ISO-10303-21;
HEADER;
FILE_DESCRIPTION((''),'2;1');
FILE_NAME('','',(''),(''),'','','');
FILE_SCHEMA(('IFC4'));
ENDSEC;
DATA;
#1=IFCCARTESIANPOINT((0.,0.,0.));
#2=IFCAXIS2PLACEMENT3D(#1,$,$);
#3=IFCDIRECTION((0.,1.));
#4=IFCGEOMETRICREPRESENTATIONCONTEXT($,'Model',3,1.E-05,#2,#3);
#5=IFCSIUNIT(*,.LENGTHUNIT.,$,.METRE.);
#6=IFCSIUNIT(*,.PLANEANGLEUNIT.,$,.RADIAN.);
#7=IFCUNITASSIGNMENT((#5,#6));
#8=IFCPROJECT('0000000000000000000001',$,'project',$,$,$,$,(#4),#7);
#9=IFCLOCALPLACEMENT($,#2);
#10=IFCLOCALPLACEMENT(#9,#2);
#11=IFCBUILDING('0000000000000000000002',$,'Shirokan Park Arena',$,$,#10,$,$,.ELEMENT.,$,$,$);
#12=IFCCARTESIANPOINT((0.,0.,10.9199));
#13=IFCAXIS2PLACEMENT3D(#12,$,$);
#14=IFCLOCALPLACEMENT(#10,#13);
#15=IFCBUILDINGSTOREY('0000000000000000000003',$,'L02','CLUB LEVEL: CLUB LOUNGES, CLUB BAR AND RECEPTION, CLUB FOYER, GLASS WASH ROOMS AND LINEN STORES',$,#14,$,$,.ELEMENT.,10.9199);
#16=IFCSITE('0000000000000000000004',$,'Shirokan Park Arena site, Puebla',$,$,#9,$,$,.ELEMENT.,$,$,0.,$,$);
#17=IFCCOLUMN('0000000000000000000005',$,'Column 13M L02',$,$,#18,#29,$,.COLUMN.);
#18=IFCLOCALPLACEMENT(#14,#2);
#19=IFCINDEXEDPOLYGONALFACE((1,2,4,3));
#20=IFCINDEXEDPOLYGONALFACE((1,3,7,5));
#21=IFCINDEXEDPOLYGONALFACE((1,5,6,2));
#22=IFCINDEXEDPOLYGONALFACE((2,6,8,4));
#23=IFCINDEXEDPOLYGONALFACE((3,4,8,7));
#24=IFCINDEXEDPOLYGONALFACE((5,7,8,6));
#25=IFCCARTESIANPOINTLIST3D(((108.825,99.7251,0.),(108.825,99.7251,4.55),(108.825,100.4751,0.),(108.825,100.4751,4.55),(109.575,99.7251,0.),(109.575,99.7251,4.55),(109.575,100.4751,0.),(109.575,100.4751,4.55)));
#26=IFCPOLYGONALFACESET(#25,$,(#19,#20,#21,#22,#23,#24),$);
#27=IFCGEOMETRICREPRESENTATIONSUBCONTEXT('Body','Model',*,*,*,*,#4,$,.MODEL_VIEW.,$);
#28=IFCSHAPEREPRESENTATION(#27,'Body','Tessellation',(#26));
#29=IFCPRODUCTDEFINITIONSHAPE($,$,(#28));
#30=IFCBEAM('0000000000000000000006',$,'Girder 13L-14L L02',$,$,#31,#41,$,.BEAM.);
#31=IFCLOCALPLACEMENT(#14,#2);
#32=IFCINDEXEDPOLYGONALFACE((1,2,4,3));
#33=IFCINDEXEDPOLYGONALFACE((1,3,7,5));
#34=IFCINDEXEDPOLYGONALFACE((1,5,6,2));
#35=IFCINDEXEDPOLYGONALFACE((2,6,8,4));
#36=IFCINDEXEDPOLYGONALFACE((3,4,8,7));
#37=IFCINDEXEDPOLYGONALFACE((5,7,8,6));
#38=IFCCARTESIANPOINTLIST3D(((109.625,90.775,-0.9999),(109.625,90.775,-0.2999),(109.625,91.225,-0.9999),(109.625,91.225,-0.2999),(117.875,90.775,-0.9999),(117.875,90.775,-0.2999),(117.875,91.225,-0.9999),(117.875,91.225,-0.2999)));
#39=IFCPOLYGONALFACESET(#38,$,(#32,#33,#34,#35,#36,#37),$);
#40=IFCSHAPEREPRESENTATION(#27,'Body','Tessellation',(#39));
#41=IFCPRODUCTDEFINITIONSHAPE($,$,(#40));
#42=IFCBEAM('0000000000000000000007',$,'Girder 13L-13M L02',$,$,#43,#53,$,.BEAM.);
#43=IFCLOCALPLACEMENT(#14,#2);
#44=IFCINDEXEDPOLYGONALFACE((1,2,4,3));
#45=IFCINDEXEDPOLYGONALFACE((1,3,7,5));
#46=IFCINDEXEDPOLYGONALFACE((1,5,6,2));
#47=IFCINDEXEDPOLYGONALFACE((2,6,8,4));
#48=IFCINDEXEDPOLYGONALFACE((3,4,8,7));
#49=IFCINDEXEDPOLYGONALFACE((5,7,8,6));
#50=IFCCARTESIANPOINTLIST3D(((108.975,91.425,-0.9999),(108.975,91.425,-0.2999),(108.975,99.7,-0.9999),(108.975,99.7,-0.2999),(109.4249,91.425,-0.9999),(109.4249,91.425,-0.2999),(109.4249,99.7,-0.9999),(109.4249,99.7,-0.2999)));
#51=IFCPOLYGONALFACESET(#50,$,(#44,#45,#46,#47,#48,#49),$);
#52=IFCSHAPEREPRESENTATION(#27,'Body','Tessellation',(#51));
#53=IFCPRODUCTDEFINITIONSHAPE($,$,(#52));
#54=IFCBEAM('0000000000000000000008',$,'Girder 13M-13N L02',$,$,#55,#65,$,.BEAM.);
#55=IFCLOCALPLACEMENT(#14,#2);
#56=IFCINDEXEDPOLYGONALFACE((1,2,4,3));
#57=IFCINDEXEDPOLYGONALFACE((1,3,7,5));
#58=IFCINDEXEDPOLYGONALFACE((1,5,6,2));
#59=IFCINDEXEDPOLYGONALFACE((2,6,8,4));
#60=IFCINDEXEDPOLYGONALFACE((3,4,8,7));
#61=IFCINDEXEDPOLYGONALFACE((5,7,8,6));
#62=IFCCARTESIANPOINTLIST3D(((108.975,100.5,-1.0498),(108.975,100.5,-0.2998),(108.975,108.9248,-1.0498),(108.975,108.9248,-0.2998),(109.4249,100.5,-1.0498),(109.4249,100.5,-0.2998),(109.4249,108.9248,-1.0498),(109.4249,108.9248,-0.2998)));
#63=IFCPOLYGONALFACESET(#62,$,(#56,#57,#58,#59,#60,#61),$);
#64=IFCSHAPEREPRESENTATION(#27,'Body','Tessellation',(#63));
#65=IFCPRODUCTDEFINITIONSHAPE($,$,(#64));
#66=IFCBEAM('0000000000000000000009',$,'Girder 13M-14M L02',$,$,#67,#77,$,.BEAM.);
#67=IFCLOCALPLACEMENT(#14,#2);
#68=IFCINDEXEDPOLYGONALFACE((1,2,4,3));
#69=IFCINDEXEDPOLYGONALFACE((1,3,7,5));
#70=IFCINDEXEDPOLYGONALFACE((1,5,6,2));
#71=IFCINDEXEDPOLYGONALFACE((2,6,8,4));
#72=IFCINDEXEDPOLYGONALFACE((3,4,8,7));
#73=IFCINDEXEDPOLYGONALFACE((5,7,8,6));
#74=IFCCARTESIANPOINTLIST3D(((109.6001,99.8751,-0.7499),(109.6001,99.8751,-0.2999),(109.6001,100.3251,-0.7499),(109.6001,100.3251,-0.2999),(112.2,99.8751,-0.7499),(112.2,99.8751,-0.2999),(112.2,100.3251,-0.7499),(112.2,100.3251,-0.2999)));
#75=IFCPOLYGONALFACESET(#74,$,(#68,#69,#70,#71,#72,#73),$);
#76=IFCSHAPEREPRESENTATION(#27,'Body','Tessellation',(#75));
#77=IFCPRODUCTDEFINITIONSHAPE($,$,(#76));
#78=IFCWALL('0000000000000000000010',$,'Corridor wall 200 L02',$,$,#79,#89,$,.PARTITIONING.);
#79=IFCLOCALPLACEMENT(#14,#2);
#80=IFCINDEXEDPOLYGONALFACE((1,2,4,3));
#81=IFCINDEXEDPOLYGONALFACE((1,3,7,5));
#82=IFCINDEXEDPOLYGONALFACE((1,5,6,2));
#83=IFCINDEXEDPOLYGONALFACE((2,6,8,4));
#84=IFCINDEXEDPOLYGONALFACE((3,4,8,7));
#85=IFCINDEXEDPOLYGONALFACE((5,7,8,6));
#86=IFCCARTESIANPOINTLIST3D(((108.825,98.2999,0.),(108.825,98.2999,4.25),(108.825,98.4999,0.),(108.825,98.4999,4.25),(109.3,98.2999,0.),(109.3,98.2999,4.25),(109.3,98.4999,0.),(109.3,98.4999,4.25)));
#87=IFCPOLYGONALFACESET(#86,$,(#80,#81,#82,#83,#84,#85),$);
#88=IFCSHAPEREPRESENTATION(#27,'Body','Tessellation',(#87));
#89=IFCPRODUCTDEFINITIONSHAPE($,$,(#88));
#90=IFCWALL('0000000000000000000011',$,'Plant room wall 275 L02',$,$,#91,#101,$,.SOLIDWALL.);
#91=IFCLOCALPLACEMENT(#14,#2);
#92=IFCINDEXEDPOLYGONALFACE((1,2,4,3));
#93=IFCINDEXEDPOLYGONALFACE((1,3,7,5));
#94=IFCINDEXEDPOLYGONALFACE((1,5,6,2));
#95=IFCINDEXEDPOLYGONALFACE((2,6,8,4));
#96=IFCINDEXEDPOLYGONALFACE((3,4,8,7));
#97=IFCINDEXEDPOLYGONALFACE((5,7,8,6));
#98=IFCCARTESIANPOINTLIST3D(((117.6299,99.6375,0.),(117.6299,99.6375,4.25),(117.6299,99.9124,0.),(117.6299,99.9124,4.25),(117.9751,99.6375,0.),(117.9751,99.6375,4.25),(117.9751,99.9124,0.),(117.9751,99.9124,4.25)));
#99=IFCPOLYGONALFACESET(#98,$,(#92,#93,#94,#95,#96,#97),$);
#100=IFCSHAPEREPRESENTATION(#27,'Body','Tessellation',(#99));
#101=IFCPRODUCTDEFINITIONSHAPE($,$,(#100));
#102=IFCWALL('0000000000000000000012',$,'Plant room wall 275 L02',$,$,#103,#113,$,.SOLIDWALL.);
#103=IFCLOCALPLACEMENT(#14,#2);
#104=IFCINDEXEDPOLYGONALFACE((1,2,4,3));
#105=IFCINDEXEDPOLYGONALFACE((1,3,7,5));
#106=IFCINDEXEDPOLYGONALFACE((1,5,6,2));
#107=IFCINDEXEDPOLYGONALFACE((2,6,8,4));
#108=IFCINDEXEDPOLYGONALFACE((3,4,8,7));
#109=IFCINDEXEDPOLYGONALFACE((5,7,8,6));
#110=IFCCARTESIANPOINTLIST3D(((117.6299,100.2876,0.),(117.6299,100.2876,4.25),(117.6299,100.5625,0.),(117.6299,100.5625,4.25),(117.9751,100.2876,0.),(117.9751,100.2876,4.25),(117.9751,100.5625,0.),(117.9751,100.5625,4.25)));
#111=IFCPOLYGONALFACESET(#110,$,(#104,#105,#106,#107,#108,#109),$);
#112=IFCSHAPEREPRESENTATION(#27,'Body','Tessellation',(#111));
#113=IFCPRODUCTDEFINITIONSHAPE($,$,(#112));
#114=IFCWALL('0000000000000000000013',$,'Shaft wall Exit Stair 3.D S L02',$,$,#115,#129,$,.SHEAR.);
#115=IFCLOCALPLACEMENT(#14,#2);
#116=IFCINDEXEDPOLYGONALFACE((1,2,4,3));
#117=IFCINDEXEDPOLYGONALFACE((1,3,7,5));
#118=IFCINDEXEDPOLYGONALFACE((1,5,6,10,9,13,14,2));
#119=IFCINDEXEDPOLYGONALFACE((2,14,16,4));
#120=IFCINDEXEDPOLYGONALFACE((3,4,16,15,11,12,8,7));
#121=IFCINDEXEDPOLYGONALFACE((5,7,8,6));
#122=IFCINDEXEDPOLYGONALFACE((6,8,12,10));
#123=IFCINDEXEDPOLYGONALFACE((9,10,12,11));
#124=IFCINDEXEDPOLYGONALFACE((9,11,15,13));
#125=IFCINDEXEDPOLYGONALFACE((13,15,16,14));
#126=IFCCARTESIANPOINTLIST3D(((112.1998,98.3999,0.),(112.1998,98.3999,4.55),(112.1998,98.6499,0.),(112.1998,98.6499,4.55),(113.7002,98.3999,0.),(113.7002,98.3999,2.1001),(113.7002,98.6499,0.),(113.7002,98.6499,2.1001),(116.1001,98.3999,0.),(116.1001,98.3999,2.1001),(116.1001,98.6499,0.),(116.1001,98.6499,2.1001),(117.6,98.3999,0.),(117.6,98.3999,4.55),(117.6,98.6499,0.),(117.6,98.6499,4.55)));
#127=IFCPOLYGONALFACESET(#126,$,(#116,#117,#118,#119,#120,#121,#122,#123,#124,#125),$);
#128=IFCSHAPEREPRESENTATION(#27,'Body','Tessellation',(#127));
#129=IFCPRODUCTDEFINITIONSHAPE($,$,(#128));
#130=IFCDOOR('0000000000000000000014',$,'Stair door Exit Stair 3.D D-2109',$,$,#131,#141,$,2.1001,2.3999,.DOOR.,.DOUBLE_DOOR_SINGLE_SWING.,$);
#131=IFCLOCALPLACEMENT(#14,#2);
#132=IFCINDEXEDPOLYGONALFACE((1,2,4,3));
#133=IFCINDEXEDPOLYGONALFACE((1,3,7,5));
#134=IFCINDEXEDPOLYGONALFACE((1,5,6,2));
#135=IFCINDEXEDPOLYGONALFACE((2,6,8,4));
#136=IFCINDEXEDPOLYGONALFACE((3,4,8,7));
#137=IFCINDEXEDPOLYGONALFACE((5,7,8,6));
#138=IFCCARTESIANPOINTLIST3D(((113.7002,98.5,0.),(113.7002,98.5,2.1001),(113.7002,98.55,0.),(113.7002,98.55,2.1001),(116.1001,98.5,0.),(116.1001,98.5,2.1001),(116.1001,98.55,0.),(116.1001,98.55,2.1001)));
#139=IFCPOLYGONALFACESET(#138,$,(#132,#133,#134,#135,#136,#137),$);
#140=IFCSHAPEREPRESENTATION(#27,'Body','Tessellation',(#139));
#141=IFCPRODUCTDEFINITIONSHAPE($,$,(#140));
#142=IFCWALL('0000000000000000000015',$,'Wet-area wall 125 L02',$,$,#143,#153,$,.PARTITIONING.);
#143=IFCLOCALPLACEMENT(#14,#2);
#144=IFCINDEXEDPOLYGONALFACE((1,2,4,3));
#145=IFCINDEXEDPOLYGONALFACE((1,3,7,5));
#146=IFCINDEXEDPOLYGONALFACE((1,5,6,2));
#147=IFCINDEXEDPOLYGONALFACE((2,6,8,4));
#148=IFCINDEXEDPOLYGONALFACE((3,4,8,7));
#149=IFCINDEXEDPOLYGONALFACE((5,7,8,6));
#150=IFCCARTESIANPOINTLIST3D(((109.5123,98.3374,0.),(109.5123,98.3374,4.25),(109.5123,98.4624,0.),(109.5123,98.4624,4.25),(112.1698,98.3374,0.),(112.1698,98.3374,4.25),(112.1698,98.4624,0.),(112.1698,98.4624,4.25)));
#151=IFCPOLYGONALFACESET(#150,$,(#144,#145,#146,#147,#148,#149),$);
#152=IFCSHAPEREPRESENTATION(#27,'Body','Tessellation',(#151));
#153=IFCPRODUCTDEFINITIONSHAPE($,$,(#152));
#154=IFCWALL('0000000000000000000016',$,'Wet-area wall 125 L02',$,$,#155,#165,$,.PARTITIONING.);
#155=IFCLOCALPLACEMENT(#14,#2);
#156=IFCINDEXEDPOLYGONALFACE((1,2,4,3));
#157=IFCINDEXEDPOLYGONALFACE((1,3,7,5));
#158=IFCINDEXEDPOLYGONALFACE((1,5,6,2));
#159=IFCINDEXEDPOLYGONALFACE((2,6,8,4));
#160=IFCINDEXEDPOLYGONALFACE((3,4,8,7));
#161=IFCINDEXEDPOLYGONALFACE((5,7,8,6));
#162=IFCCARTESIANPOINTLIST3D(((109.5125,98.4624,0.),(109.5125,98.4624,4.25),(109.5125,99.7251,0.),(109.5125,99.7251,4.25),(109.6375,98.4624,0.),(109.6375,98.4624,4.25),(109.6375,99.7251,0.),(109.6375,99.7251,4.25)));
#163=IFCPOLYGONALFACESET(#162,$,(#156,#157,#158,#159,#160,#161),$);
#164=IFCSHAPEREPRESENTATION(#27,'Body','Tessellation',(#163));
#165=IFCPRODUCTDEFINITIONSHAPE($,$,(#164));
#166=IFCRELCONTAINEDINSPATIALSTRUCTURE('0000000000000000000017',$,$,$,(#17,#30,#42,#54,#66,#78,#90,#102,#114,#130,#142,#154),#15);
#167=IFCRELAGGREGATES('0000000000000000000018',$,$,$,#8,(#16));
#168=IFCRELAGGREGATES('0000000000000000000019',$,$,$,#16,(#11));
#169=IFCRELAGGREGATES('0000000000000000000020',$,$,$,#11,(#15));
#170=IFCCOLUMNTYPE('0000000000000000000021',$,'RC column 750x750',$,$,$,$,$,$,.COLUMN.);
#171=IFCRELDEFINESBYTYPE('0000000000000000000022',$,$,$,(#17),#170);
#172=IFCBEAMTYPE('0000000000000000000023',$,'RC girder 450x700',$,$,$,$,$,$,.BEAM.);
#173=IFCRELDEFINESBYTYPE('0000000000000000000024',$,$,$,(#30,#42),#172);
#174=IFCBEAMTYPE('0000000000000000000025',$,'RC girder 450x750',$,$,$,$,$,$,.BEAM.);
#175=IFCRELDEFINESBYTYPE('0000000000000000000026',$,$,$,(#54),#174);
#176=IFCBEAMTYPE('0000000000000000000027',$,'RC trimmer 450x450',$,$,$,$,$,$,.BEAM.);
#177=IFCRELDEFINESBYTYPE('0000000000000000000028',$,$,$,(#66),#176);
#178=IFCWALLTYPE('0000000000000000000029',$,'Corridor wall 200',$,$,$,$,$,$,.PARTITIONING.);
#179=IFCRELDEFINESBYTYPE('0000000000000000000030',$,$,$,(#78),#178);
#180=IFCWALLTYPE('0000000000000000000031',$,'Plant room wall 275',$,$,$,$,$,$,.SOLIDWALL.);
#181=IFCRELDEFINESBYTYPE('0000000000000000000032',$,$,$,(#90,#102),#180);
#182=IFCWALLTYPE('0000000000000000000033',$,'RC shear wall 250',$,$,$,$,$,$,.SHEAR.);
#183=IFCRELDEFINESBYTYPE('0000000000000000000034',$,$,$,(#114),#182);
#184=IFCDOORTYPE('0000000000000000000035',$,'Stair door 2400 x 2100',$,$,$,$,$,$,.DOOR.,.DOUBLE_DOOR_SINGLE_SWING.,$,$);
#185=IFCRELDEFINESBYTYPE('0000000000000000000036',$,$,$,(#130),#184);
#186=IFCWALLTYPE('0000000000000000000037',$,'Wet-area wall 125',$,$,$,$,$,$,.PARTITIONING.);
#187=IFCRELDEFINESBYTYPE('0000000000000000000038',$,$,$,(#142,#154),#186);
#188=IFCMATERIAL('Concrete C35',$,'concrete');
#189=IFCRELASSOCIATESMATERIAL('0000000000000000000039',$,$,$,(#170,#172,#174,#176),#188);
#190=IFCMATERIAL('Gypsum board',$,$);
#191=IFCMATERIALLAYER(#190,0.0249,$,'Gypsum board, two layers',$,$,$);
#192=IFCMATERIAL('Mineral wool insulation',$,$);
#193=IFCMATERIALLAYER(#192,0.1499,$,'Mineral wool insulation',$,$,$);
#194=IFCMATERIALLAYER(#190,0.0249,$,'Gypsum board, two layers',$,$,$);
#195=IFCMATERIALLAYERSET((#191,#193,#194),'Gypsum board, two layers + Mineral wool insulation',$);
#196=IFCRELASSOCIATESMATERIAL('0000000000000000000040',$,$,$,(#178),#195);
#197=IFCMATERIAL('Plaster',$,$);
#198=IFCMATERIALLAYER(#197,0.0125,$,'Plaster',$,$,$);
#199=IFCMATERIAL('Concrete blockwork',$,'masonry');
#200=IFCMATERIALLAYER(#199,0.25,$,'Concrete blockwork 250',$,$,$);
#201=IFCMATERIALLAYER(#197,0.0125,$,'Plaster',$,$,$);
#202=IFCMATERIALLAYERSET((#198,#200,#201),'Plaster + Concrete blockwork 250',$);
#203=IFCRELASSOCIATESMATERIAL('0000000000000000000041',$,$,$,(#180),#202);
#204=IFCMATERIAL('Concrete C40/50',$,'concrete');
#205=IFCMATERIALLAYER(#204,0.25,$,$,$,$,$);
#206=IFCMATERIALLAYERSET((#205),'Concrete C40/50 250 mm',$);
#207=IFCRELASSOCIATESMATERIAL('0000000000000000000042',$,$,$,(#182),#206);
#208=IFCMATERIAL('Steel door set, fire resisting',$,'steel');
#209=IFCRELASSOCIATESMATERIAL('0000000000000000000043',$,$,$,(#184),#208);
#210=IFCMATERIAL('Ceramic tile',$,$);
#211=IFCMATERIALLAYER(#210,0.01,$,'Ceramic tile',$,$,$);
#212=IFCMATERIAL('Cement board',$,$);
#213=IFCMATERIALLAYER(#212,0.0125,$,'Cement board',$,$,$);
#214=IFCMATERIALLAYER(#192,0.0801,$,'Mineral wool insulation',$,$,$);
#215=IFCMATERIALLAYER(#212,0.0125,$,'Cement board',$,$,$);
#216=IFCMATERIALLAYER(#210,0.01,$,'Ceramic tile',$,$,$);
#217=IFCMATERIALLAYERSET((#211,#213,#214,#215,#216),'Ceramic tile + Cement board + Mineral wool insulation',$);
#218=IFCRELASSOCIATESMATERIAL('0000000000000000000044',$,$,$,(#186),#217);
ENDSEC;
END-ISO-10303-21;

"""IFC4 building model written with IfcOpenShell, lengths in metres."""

from ifc_helpers import new_model, si_unit, direction, frame, frame_2d, origin, origin_2d, place, context, subcontext, project, spatial, rectangle, extrude, material, layer, layer_set, material_profile, profile_set, type_object, element, fill, save


model = new_model("IFC4")

# Units and contexts
model_context = context("Model", 3, precision=1e-05, world=origin(), true_north=direction((0.0, 1.0)))
body_context = subcontext(model_context, "Body", "Model", "MODEL_VIEW")
ifc_project = project(units=[si_unit("LENGTHUNIT", "METRE"), si_unit("PLANEANGLEUNIT", "RADIAN")], contexts=[model_context])

# Site, building, storey
site_placement = place(None, origin())
site = spatial("IfcSite", under=ifc_project, at=site_placement, Name="Shirokan Park Arena site, Puebla", CompositionType="ELEMENT", RefElevation=0.0)
building_placement = place(site_placement, origin())
building = spatial("IfcBuilding", under=site, at=building_placement, Name="Shirokan Park Arena", CompositionType="ELEMENT")
storey_placement = place(building_placement, frame((0.0, 0.0, 10.9199)))
storey = spatial("IfcBuildingStorey", under=building, at=storey_placement, Name="L02", Description="CLUB LEVEL: CLUB LOUNGES, CLUB BAR AND RECEPTION, CLUB FOYER, GLASS WASH ROOMS AND LINEN STORES", CompositionType="ELEMENT", Elevation=10.9199)

# Column
ifc_material_1 = material(Name="Concrete C35", Category="concrete")
ifc_material_profile_1 = material_profile(ifc_material_1, rectangle(XDim=0.75, YDim=0.75, at=origin_2d()), Name="750x750")
ifc_profile_set_1 = profile_set([ifc_material_profile_1], Name="Concrete C35")
column_type = type_object("IfcColumnType", Name="RC column 750x750", PredefinedType="COLUMN", material=ifc_profile_set_1)
column_placement = place(storey_placement, frame((109.2, 100.1001, 0.0), z_axis=(0.0, 0.0, 1.0), x_axis=(1.0, 0.0, 0.0)))
element("IfcColumn", 1, at=column_placement, inside=storey, type_object=column_type, Name="Column 13M L02", PredefinedType="COLUMN", context=body_context, shape_type="SweptSolid", body=[
    extrude(rectangle(XDim=0.75, YDim=0.75, at=origin_2d()), origin(), (0.0, 0.0, 1.0), 4.55),
])

# Beams
ifc_material_profile_2 = material_profile(ifc_material_1, rectangle(XDim=0.45, YDim=0.7, at=origin_2d()), Name="450x700")
ifc_profile_set_2 = profile_set([ifc_material_profile_2], Name="Concrete C35")
beam_type_1 = type_object("IfcBeamType", Name="RC girder 450x700", PredefinedType="BEAM", material=ifc_profile_set_2)
beam_1_placement = place(storey_placement, frame((109.625, 91.0, -0.6499), z_axis=(1.0, 0.0, 0.0), x_axis=(0.0, 1.0, 0.0)))
element("IfcBeam", 2, at=beam_1_placement, inside=storey, type_object=beam_type_1, Name="Girder 13L-14L L02", PredefinedType="BEAM", context=body_context, shape_type="SweptSolid", body=[
    extrude(rectangle(XDim=0.45, YDim=0.7, at=origin_2d()), origin(), (0.0, 0.0, 1.0), 8.25),
])
beam_2_placement = place(storey_placement, frame((109.2, 91.425, -0.6499), z_axis=(0.0, 1.0, 0.0), x_axis=(-1.0, 0.0, 0.0)))
element("IfcBeam", 3, at=beam_2_placement, inside=storey, type_object=beam_type_1, Name="Girder 13L-13M L02", PredefinedType="BEAM", context=body_context, shape_type="SweptSolid", body=[
    extrude(rectangle(XDim=0.45, YDim=0.7, at=origin_2d()), origin(), (0.0, 0.0, 1.0), 8.2749),
])
ifc_material_profile_3 = material_profile(ifc_material_1, rectangle(XDim=0.45, YDim=0.75, at=origin_2d()), Name="450x750")
ifc_profile_set_3 = profile_set([ifc_material_profile_3], Name="Concrete C35")
beam_type_2 = type_object("IfcBeamType", Name="RC girder 450x750", PredefinedType="BEAM", material=ifc_profile_set_3)
beam_3_placement = place(storey_placement, frame((109.2, 100.5, -0.6748), z_axis=(0.0, 1.0, 0.0), x_axis=(-1.0, 0.0, 0.0)))
element("IfcBeam", 4, at=beam_3_placement, inside=storey, type_object=beam_type_2, Name="Girder 13M-13N L02", PredefinedType="BEAM", context=body_context, shape_type="SweptSolid", body=[
    extrude(rectangle(XDim=0.45, YDim=0.75, at=origin_2d()), origin(), (0.0, 0.0, 1.0), 8.4248),
])
ifc_material_profile_4 = material_profile(ifc_material_1, rectangle(XDim=0.45, YDim=0.45, at=origin_2d()), Name="450x450")
ifc_profile_set_4 = profile_set([ifc_material_profile_4], Name="Concrete C35")
beam_type_3 = type_object("IfcBeamType", Name="RC trimmer 450x450", PredefinedType="BEAM", material=ifc_profile_set_4)
beam_4_placement = place(storey_placement, frame((109.6001, 100.1001, -0.5249), z_axis=(1.0, 0.0, 0.0), x_axis=(0.0, 1.0, 0.0)))
element("IfcBeam", 5, at=beam_4_placement, inside=storey, type_object=beam_type_3, Name="Girder 13M-14M L02", PredefinedType="BEAM", context=body_context, shape_type="SweptSolid", body=[
    extrude(rectangle(XDim=0.45, YDim=0.45, at=origin_2d()), origin(), (0.0, 0.0, 1.0), 2.5999),
])

# Wall
ifc_material_2 = material(Name="Gypsum board")
ifc_layer_1 = layer(ifc_material_2, 0.0249, Name="Gypsum board, two layers")
ifc_material_3 = material(Name="Mineral wool insulation")
ifc_layer_2 = layer(ifc_material_3, 0.1499, Name="Mineral wool insulation")
ifc_layer_3 = layer(ifc_material_2, 0.0249, Name="Gypsum board, two layers")
ifc_layer_set_1 = layer_set([ifc_layer_1, ifc_layer_2, ifc_layer_3], Name="Gypsum board, two layers + Mineral wool insulation")
wall_type_1 = type_object("IfcWallType", Name="Corridor wall 200", PredefinedType="PARTITIONING", material=ifc_layer_set_1)
wall_1_placement = place(storey_placement, frame((109.3, 98.3999, 0.0), z_axis=(0.0, 0.0, 1.0), x_axis=(-1.0, 0.0, 0.0)))
element("IfcWall", 6, at=wall_1_placement, inside=storey, type_object=wall_type_1, Name="Corridor wall 200 L02", PredefinedType="PARTITIONING", context=body_context, shape_type="SweptSolid", body=[
    extrude(rectangle(XDim=0.4751, YDim=0.2, at=frame_2d((0.2375, 0.0))), origin(), (0.0, 0.0, 1.0), 4.25),
])

# Shared definitions
ifc_material_4 = material(Name="Plaster")
ifc_layer_4 = layer(ifc_material_4, 0.0125, Name="Plaster")
ifc_material_5 = material(Name="Concrete blockwork", Category="masonry")
ifc_layer_5 = layer(ifc_material_5, 0.25, Name="Concrete blockwork 250")
ifc_layer_6 = layer(ifc_material_4, 0.0125, Name="Plaster")
ifc_layer_set_2 = layer_set([ifc_layer_4, ifc_layer_5, ifc_layer_6], Name="Plaster + Concrete blockwork 250")
wall_type_2 = type_object("IfcWallType", Name="Plant room wall 275", PredefinedType="SOLIDWALL", material=ifc_layer_set_2)

# Walls
for number, where, z_axis, x_axis, name in (
    (7, (117.6299, 99.7749, 0.0), (0.0, 0.0, 1.0), (1.0, 0.0, 0.0), "Plant room wall 275 L02"),
    (8, (117.9751, 100.425, 0.0), (0.0, 0.0, 1.0), (-1.0, 0.0, 0.0), "Plant room wall 275 L02"),
):
    element("IfcWall", number, at=place(storey_placement, frame(where, z_axis=z_axis, x_axis=x_axis)), inside=storey, type_object=wall_type_2, Name=name, PredefinedType="SOLIDWALL", context=body_context, shape_type="SweptSolid", body=[
        extrude(rectangle(XDim=0.3452, YDim=0.2749, at=frame_2d((0.1726, 0.0))), origin(), (0.0, 0.0, 1.0), 4.25),
    ])

# Wall, opening, door
ifc_material_6 = material(Name="Concrete C40/50", Category="concrete")
ifc_layer_7 = layer(ifc_material_6, 0.25)
ifc_layer_set_3 = layer_set([ifc_layer_7], Name="Concrete C40/50 250 mm")
wall_type_3 = type_object("IfcWallType", Name="RC shear wall 250", PredefinedType="SHEAR", material=ifc_layer_set_3)
wall_2_placement = place(storey_placement, frame((117.6001, 98.5249, 0.0), z_axis=(0.0, 0.0, 1.0), x_axis=(-1.0, 0.0, 0.0)))
wall_2 = element("IfcWall", 9, at=wall_2_placement, inside=storey, type_object=wall_type_3, Name="Shaft wall Exit Stair 3.D S L02", PredefinedType="SHEAR", context=body_context, shape_type="SweptSolid", body=[
    extrude(rectangle(XDim=5.4001, YDim=0.25, at=frame_2d((2.7002, 0.0))), origin(), (0.0, 0.0, 1.0), 4.55),
])
opening_1_placement = place(wall_2_placement, frame((1.5, 0.0, 0.0)))
opening_1 = element("IfcOpeningElement", 10, at=opening_1_placement, cuts=wall_2, PredefinedType="OPENING", context=body_context, shape_type="SweptSolid", body=[
    extrude(rectangle(XDim=2.3999, YDim=2.1001, at=frame_2d((1.2, 1.05))), frame((0.0, 0.135, 0.0), z_axis=(0.0, -1.0, 0.0), x_axis=(1.0, 0.0, 0.0)), (0.0, 0.0, 1.0), 0.27),
])
ifc_material_7 = material(Name="Steel door set, fire resisting", Category="steel")
door_type_1 = type_object("IfcDoorType", Name="Stair door 2400 x 2100", OperationType="DOUBLE_DOOR_SINGLE_SWING", PredefinedType="DOOR", material=ifc_material_7)
door_1_placement = place(opening_1_placement, origin())
door_1 = element("IfcDoor", 11, at=door_1_placement, inside=storey, type_object=door_type_1, Name="Stair door Exit Stair 3.D D-2109", OperationType="DOUBLE_DOOR_SINGLE_SWING", OverallHeight=2.1001, OverallWidth=2.3999, PredefinedType="DOOR", context=body_context, shape_type="SweptSolid", body=[
    extrude(rectangle(XDim=2.3999, YDim=2.1001, at=frame_2d((1.2, 1.05))), frame((0.0, 0.0249, 0.0), z_axis=(0.0, -1.0, 0.0), x_axis=(1.0, 0.0, 0.0)), (0.0, 0.0, 1.0), 0.05),
])
fill(opening_1, door_1)

# Walls
ifc_material_8 = material(Name="Ceramic tile")
ifc_layer_8 = layer(ifc_material_8, 0.01, Name="Ceramic tile")
ifc_material_9 = material(Name="Cement board")
ifc_layer_9 = layer(ifc_material_9, 0.0125, Name="Cement board")
ifc_layer_10 = layer(ifc_material_3, 0.0801, Name="Mineral wool insulation")
ifc_layer_11 = layer(ifc_material_9, 0.0125, Name="Cement board")
ifc_layer_12 = layer(ifc_material_8, 0.01, Name="Ceramic tile")
ifc_layer_set_4 = layer_set([ifc_layer_8, ifc_layer_9, ifc_layer_10, ifc_layer_11, ifc_layer_12], Name="Ceramic tile + Cement board + Mineral wool insulation")
wall_type_4 = type_object("IfcWallType", Name="Wet-area wall 125", PredefinedType="PARTITIONING", material=ifc_layer_set_4)
wall_3_placement = place(storey_placement, frame((109.5125, 98.3999, 0.0), z_axis=(0.0, 0.0, 1.0), x_axis=(1.0, 0.0, 0.0)))
element("IfcWall", 12, at=wall_3_placement, inside=storey, type_object=wall_type_4, Name="Wet-area wall 125 L02", PredefinedType="PARTITIONING", context=body_context, shape_type="SweptSolid", body=[
    extrude(rectangle(XDim=2.6575, YDim=0.125, at=frame_2d((1.3286, 0.0))), origin(), (0.0, 0.0, 1.0), 4.25),
])
wall_4_placement = place(storey_placement, frame((109.575, 99.7251, 0.0), z_axis=(0.0, 0.0, 1.0), x_axis=(0.0, -1.0, 0.0)))
element("IfcWall", 13, at=wall_4_placement, inside=storey, type_object=wall_type_4, Name="Wet-area wall 125 L02", PredefinedType="PARTITIONING", context=body_context, shape_type="SweptSolid", body=[
    extrude(rectangle(XDim=1.2627, YDim=0.125, at=frame_2d((0.6313, 0.0))), origin(), (0.0, 0.0, 1.0), 4.25),
])

save(model, "model.ifc")
